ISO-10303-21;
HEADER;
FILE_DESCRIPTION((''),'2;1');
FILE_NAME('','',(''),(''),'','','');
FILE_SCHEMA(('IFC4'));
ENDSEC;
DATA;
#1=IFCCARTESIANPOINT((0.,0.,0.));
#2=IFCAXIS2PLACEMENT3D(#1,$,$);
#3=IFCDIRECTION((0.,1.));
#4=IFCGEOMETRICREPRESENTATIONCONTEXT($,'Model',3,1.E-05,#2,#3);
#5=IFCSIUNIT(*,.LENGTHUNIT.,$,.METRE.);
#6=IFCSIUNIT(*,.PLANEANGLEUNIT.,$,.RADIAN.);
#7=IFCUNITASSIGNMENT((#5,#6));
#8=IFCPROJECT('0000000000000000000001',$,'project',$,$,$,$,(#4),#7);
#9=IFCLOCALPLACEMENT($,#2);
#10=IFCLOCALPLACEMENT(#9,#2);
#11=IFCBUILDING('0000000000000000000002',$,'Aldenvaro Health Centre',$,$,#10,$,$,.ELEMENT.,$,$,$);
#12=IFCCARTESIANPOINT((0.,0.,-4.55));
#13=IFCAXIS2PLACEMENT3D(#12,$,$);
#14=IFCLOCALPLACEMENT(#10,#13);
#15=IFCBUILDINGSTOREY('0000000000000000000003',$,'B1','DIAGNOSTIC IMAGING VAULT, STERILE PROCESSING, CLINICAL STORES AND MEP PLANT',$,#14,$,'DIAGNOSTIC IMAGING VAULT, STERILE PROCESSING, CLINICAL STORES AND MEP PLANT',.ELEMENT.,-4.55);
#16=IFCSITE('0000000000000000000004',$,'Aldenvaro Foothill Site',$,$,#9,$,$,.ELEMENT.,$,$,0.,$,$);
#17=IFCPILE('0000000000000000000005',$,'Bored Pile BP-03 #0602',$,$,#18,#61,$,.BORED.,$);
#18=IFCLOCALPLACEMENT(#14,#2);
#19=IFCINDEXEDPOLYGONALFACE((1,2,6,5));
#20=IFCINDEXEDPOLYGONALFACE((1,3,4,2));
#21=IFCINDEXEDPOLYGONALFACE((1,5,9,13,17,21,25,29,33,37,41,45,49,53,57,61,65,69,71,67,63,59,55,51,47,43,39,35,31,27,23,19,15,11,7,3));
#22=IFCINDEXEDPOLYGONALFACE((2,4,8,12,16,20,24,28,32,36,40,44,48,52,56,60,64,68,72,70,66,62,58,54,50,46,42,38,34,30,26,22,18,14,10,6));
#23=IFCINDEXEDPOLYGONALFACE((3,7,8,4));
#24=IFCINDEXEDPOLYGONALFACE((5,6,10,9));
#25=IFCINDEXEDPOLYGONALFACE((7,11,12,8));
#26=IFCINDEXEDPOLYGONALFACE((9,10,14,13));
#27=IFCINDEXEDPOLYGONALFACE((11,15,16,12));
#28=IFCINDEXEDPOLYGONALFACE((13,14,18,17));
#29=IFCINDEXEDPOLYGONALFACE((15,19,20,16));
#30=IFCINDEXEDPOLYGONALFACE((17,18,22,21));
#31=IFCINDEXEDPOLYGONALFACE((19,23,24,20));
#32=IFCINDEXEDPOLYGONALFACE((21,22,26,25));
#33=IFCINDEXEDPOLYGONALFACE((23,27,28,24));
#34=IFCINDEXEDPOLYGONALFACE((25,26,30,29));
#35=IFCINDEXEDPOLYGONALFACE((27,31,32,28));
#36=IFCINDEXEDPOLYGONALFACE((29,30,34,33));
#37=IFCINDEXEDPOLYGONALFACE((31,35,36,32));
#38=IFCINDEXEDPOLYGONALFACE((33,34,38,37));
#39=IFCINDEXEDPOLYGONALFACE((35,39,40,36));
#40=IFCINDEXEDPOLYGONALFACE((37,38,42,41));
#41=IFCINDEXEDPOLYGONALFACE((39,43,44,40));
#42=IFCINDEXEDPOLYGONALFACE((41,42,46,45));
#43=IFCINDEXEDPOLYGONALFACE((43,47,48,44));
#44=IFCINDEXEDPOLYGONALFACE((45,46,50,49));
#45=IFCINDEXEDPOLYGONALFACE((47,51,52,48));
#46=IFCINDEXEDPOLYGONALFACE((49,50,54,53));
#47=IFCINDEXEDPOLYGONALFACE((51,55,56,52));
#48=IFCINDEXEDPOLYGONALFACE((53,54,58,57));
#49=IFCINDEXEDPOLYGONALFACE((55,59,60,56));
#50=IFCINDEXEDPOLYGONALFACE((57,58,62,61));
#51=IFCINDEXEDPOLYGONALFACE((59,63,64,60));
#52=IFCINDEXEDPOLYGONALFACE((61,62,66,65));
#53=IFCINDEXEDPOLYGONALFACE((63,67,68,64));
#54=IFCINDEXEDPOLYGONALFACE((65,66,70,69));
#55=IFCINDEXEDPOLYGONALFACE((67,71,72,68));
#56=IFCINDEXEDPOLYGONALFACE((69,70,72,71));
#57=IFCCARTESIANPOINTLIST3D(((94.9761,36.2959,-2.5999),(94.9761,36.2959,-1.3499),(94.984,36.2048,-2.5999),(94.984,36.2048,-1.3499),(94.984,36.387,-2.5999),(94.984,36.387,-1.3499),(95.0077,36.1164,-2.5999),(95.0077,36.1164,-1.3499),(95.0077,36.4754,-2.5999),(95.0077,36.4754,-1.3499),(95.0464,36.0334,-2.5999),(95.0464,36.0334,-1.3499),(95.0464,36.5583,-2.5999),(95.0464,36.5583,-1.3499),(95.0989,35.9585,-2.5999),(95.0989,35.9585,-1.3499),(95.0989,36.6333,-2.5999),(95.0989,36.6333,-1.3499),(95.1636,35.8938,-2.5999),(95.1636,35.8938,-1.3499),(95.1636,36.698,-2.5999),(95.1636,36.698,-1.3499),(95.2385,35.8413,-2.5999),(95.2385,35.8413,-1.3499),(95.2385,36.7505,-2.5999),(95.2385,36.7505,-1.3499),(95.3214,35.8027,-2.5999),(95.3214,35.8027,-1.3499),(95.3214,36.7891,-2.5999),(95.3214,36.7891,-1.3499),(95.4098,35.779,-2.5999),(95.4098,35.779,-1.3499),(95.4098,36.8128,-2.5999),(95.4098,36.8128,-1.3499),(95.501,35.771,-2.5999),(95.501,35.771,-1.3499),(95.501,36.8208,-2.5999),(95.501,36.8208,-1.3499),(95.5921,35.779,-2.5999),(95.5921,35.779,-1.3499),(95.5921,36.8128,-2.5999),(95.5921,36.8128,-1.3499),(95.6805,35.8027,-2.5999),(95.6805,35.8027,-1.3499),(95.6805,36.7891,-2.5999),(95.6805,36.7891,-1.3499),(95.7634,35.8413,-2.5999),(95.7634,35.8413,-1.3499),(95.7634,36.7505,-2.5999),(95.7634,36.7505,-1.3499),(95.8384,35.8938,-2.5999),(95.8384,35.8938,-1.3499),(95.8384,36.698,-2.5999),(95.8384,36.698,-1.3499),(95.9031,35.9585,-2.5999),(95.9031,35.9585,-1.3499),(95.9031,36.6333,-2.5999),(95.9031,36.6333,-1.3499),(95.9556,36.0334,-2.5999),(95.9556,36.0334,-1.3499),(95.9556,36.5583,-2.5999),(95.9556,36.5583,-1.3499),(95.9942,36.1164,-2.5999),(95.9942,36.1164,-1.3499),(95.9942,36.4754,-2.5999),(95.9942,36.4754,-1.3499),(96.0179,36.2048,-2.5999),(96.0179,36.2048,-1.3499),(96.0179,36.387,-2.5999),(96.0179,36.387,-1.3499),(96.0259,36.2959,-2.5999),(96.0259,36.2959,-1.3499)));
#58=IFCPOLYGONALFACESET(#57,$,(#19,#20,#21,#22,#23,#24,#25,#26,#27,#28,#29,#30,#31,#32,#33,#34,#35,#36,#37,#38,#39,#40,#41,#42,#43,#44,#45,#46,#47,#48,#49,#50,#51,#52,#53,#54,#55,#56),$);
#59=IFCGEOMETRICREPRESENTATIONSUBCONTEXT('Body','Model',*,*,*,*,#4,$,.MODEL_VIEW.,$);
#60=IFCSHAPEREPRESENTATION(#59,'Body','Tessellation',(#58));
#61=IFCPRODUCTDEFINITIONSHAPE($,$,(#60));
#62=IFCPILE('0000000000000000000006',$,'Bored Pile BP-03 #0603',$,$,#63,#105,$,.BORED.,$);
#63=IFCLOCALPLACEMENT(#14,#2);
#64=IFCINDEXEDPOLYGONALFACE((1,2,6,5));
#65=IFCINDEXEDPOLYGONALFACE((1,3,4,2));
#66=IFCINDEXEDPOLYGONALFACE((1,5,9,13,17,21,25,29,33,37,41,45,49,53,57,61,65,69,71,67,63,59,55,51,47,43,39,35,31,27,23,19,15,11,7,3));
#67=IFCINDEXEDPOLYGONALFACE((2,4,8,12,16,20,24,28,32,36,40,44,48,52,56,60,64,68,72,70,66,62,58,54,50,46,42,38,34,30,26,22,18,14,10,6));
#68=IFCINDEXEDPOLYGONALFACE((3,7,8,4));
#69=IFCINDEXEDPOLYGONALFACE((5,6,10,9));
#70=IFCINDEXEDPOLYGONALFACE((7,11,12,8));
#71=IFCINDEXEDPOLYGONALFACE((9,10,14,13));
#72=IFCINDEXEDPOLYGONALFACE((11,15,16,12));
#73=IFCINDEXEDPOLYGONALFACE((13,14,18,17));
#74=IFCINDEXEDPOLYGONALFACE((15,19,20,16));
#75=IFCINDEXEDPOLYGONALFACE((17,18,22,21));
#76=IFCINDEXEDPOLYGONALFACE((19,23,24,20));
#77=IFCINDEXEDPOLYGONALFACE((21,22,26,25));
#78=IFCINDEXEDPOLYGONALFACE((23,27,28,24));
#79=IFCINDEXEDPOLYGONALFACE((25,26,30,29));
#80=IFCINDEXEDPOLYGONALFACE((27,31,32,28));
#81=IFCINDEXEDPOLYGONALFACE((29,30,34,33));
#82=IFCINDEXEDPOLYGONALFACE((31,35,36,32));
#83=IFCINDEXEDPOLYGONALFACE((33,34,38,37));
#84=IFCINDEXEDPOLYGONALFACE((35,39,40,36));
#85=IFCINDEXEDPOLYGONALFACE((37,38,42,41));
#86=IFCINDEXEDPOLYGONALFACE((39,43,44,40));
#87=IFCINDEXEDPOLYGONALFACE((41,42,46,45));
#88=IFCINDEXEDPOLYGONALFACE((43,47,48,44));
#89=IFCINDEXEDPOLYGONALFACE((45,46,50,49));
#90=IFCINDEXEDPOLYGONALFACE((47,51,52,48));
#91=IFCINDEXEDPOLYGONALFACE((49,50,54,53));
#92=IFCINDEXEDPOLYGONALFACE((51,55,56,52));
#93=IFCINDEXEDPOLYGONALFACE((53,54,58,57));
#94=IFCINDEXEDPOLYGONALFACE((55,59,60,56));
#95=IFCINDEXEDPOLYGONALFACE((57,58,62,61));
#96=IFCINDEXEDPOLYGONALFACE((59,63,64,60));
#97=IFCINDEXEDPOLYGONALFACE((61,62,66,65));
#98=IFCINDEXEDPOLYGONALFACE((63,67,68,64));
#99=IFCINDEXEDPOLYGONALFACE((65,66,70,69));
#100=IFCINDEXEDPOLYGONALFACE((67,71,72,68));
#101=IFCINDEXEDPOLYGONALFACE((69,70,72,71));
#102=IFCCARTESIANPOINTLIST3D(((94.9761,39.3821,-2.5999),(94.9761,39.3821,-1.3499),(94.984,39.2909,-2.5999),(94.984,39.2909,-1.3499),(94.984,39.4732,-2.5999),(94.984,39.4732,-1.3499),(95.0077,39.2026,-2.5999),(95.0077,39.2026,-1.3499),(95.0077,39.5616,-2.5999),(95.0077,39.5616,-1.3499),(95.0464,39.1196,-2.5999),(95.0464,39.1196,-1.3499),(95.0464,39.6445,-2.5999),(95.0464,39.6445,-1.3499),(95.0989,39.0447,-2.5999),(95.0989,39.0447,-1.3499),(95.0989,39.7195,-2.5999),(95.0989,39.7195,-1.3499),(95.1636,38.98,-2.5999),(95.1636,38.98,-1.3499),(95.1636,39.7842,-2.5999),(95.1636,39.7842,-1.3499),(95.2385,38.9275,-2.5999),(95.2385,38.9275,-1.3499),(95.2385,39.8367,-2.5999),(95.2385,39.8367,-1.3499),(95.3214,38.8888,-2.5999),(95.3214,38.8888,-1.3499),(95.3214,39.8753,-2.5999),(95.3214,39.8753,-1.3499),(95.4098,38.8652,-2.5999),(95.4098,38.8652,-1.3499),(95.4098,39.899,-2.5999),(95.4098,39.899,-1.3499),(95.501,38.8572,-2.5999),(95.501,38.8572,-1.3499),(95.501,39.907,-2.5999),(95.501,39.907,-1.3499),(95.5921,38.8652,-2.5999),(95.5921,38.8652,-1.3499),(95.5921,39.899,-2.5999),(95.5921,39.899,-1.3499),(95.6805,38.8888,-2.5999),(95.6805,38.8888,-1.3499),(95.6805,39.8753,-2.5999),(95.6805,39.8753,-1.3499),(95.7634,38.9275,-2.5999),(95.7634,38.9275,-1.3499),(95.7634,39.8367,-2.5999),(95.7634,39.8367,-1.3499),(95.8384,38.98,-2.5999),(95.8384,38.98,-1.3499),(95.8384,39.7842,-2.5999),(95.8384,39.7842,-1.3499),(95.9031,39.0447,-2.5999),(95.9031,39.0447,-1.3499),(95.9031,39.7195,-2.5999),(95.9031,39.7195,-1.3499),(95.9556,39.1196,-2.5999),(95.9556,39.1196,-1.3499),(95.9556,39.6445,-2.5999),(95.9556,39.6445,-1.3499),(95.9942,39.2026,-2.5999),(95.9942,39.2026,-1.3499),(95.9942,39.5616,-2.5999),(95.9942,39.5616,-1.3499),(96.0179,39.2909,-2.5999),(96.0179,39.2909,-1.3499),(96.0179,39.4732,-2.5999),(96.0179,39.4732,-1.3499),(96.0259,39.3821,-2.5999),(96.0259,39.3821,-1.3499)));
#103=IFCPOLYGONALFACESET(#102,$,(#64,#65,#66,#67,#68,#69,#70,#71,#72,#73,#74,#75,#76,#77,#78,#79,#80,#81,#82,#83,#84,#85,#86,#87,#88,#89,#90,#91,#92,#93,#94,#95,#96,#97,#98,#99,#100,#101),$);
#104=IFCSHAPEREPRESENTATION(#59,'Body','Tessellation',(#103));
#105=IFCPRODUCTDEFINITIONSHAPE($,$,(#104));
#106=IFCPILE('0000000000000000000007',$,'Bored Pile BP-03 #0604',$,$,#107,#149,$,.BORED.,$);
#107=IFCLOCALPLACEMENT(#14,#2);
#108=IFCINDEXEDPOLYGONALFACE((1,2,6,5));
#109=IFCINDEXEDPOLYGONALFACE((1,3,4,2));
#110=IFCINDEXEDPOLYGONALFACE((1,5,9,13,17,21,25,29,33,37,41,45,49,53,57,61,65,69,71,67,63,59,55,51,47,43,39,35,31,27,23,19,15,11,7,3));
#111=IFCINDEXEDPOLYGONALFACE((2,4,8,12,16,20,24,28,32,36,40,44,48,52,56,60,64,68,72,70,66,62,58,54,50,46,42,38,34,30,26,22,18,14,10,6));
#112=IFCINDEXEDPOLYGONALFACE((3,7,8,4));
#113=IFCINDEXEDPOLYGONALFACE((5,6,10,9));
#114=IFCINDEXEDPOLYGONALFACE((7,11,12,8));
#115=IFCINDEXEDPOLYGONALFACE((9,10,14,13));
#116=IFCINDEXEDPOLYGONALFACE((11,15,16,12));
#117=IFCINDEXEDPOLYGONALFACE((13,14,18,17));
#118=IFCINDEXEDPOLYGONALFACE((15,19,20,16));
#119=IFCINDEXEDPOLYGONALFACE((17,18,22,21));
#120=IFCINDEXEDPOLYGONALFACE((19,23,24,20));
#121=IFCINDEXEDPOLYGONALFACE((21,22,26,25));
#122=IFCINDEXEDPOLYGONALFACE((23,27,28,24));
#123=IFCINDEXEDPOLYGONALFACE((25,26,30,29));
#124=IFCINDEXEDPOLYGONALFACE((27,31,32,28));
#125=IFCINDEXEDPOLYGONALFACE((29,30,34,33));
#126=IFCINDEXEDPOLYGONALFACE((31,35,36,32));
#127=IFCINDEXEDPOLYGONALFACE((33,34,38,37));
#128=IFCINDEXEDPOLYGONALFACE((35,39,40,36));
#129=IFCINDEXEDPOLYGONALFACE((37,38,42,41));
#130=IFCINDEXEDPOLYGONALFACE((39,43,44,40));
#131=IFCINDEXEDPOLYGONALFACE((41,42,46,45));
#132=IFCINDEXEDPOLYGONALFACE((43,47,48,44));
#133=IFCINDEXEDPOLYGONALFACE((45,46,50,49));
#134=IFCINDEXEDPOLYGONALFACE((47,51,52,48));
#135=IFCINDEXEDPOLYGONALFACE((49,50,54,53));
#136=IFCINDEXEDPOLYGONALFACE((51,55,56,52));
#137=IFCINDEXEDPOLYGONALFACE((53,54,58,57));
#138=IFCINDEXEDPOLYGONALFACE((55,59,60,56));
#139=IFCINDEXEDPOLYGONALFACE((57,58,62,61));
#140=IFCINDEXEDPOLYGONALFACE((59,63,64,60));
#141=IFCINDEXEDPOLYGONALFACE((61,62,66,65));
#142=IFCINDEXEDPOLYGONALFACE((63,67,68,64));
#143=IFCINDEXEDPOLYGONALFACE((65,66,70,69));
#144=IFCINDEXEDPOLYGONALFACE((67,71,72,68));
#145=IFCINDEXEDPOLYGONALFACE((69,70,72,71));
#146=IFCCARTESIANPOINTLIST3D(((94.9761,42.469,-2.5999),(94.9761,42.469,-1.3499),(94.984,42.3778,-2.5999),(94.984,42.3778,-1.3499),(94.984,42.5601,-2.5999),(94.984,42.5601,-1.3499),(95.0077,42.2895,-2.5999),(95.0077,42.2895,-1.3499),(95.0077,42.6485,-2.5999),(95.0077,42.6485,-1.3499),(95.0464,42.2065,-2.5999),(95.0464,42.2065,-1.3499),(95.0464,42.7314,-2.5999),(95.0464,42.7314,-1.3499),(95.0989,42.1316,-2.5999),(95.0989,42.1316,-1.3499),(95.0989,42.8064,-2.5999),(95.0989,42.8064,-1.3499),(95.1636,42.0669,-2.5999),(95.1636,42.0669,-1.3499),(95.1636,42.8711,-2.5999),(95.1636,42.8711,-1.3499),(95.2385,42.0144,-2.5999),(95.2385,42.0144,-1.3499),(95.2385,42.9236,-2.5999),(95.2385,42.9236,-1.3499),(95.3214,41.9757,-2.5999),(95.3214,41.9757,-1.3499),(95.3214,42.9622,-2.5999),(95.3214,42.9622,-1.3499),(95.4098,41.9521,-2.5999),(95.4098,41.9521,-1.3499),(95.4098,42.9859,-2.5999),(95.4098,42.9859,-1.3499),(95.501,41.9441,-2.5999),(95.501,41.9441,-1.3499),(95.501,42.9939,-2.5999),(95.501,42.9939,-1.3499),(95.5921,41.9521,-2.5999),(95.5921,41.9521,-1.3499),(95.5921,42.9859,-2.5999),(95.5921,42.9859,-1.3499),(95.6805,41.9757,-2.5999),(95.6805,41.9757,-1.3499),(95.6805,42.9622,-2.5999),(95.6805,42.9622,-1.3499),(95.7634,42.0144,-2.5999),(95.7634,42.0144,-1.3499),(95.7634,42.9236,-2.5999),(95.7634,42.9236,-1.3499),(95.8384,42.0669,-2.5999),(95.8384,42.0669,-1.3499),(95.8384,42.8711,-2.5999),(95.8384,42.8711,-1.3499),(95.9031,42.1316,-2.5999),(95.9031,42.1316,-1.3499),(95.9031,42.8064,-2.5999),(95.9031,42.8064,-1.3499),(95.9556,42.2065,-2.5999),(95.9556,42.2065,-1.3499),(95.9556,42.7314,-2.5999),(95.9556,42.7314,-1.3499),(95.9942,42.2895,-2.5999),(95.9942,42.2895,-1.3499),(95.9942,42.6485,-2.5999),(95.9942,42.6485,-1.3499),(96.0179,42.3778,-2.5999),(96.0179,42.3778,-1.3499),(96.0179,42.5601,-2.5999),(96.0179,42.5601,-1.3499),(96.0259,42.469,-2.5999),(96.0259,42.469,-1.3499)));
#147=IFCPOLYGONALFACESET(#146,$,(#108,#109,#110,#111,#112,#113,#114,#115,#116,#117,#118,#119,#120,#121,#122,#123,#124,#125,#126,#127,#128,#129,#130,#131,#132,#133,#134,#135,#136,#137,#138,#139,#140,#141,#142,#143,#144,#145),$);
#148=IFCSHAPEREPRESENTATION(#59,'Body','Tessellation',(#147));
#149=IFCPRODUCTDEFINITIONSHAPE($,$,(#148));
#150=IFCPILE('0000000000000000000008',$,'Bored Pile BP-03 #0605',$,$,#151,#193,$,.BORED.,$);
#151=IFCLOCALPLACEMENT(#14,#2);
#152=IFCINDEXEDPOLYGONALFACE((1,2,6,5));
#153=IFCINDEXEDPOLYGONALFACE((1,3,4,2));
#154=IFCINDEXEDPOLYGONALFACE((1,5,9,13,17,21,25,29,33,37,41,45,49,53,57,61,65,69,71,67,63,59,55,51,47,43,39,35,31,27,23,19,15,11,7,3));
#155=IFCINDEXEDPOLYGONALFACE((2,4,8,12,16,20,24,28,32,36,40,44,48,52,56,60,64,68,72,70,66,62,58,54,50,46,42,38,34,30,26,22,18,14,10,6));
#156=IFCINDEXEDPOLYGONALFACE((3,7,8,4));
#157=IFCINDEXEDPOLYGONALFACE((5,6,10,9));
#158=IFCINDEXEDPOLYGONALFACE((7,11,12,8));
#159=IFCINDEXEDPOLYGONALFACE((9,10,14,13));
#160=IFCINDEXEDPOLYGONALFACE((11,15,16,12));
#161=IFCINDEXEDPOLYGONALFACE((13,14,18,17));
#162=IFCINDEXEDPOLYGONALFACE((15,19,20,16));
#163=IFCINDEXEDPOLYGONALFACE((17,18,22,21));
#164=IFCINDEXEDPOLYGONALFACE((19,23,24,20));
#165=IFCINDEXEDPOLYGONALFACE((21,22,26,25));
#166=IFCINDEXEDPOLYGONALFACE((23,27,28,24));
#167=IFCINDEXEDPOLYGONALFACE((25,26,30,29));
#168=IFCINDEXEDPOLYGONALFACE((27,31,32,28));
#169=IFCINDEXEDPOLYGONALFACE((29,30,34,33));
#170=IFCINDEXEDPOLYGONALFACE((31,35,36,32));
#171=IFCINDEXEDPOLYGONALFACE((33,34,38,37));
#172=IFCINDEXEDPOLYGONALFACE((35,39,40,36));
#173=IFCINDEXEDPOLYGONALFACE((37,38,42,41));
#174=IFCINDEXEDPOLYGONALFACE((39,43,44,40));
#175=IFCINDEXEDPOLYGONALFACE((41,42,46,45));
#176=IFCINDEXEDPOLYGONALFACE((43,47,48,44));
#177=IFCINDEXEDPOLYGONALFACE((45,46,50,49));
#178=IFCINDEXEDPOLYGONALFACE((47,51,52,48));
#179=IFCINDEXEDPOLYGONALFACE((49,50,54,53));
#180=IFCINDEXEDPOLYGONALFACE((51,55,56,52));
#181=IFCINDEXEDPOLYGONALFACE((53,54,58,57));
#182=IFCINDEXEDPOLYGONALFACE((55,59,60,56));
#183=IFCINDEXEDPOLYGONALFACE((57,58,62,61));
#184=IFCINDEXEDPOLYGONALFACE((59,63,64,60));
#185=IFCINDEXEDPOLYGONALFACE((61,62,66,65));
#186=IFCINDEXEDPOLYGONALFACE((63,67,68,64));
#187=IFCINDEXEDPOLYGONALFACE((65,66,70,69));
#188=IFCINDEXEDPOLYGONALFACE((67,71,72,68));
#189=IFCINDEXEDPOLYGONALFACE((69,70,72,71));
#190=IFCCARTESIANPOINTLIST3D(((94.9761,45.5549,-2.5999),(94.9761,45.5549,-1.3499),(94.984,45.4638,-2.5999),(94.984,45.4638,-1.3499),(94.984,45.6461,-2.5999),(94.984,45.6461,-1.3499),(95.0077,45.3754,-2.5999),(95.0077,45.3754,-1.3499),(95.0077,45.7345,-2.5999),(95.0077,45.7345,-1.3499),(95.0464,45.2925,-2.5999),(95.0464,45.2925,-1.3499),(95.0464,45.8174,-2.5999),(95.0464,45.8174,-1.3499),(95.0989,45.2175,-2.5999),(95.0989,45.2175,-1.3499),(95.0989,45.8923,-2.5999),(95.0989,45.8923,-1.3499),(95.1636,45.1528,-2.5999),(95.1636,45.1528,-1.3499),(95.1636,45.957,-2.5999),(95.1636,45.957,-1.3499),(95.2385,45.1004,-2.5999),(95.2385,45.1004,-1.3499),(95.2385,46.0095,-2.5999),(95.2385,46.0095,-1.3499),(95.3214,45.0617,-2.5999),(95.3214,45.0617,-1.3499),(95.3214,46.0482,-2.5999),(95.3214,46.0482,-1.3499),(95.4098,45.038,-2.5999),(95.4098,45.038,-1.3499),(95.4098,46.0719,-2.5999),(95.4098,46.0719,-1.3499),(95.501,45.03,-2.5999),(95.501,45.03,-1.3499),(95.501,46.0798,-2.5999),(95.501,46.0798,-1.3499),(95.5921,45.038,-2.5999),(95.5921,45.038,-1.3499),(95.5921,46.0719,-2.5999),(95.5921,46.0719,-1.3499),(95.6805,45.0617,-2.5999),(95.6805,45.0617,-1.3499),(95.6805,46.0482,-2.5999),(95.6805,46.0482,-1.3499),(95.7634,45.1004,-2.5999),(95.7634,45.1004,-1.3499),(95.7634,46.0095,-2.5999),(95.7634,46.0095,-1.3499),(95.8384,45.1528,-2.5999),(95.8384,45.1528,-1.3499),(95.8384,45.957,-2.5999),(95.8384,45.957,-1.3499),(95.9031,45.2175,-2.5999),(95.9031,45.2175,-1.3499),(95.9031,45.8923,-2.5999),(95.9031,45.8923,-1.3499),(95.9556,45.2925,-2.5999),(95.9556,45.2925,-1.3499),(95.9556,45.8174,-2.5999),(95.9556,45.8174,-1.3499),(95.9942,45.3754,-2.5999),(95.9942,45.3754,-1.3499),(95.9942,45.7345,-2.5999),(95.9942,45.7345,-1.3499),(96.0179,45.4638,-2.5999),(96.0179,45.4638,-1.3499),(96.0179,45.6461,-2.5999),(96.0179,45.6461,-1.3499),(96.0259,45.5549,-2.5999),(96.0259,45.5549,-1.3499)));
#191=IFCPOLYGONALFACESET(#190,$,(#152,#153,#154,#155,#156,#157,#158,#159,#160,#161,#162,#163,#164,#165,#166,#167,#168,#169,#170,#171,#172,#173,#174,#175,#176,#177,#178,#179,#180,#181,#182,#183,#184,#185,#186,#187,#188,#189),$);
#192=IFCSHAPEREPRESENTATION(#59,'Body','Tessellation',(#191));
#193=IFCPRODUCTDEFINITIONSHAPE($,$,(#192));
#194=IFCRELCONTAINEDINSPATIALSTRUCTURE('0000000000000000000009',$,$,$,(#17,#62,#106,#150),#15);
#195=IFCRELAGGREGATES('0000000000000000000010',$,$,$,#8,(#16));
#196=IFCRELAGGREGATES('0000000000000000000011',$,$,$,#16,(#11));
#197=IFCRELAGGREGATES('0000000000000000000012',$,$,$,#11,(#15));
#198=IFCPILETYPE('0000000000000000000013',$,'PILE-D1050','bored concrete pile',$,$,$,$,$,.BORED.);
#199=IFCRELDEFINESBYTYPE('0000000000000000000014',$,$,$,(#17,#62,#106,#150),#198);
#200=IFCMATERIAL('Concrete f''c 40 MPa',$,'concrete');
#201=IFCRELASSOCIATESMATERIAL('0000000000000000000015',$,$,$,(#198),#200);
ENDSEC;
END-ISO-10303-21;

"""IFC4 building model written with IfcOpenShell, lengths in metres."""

from ifc_helpers import new_model, si_unit, direction, frame, origin, origin_2d, place, context, subcontext, project, spatial, circle, extrude, material, material_profile, profile_set, type_object, element, save


model = new_model("IFC4")

# Units and contexts
model_context = context("Model", 3, precision=1e-05, world=origin(), true_north=direction((0.0, 1.0)))
body_context = subcontext(model_context, "Body", "Model", "MODEL_VIEW")
ifc_project = project(units=[si_unit("LENGTHUNIT", "METRE"), si_unit("PLANEANGLEUNIT", "RADIAN")], contexts=[model_context])

# Site, building, storey
site_placement = place(None, origin())
site = spatial("IfcSite", under=ifc_project, at=site_placement, Name="Aldenvaro Foothill Site", CompositionType="ELEMENT", RefElevation=0.0)
building_placement = place(site_placement, origin())
building = spatial("IfcBuilding", under=site, at=building_placement, Name="Aldenvaro Health Centre", CompositionType="ELEMENT")
storey_placement = place(building_placement, frame((0.0, 0.0, -4.55)))
storey = spatial("IfcBuildingStorey", under=building, at=storey_placement, Name="B1", Description="DIAGNOSTIC IMAGING VAULT, STERILE PROCESSING, CLINICAL STORES AND MEP PLANT", LongName="DIAGNOSTIC IMAGING VAULT, STERILE PROCESSING, CLINICAL STORES AND MEP PLANT", CompositionType="ELEMENT", Elevation=-4.55)

# Piles
ifc_material_1 = material(Name="Concrete f'c 40 MPa", Category="concrete")
ifc_material_profile_1 = material_profile(ifc_material_1, circle(Radius=0.5249, at=origin_2d()), Name="PILE D1050", Category="concrete")
ifc_profile_set_1 = profile_set([ifc_material_profile_1], Name="Concrete f'c 40 MPa")
pile_type = type_object("IfcPileType", Name="PILE-D1050", Description="bored concrete pile", PredefinedType="BORED", material=ifc_profile_set_1)
for number, where, z_axis, x_axis, name in (
    (1, (95.501, 36.2959, -1.3499), (0.0, 0.0, -1.0), (1.0, 0.0, 0.0), "Bored Pile BP-03 #0602"),
    (2, (95.501, 39.3821, -1.3499), (0.0, 0.0, -1.0), (1.0, 0.0, 0.0), "Bored Pile BP-03 #0603"),
    (3, (95.501, 42.469, -1.3499), (0.0, 0.0, -1.0), (1.0, 0.0, 0.0), "Bored Pile BP-03 #0604"),
    (4, (95.501, 45.5549, -1.3499), (0.0, 0.0, -1.0), (1.0, 0.0, 0.0), "Bored Pile BP-03 #0605"),
):
    element("IfcPile", number, at=place(storey_placement, frame(where, z_axis=z_axis, x_axis=x_axis)), inside=storey, type_object=pile_type, Name=name, PredefinedType="BORED", context=body_context, shape_type="SweptSolid", body=[
        extrude(circle(Radius=0.5249, at=origin_2d()), origin(), (0.0, 0.0, 1.0), 1.25),
    ])

save(model, "model.ifc")
